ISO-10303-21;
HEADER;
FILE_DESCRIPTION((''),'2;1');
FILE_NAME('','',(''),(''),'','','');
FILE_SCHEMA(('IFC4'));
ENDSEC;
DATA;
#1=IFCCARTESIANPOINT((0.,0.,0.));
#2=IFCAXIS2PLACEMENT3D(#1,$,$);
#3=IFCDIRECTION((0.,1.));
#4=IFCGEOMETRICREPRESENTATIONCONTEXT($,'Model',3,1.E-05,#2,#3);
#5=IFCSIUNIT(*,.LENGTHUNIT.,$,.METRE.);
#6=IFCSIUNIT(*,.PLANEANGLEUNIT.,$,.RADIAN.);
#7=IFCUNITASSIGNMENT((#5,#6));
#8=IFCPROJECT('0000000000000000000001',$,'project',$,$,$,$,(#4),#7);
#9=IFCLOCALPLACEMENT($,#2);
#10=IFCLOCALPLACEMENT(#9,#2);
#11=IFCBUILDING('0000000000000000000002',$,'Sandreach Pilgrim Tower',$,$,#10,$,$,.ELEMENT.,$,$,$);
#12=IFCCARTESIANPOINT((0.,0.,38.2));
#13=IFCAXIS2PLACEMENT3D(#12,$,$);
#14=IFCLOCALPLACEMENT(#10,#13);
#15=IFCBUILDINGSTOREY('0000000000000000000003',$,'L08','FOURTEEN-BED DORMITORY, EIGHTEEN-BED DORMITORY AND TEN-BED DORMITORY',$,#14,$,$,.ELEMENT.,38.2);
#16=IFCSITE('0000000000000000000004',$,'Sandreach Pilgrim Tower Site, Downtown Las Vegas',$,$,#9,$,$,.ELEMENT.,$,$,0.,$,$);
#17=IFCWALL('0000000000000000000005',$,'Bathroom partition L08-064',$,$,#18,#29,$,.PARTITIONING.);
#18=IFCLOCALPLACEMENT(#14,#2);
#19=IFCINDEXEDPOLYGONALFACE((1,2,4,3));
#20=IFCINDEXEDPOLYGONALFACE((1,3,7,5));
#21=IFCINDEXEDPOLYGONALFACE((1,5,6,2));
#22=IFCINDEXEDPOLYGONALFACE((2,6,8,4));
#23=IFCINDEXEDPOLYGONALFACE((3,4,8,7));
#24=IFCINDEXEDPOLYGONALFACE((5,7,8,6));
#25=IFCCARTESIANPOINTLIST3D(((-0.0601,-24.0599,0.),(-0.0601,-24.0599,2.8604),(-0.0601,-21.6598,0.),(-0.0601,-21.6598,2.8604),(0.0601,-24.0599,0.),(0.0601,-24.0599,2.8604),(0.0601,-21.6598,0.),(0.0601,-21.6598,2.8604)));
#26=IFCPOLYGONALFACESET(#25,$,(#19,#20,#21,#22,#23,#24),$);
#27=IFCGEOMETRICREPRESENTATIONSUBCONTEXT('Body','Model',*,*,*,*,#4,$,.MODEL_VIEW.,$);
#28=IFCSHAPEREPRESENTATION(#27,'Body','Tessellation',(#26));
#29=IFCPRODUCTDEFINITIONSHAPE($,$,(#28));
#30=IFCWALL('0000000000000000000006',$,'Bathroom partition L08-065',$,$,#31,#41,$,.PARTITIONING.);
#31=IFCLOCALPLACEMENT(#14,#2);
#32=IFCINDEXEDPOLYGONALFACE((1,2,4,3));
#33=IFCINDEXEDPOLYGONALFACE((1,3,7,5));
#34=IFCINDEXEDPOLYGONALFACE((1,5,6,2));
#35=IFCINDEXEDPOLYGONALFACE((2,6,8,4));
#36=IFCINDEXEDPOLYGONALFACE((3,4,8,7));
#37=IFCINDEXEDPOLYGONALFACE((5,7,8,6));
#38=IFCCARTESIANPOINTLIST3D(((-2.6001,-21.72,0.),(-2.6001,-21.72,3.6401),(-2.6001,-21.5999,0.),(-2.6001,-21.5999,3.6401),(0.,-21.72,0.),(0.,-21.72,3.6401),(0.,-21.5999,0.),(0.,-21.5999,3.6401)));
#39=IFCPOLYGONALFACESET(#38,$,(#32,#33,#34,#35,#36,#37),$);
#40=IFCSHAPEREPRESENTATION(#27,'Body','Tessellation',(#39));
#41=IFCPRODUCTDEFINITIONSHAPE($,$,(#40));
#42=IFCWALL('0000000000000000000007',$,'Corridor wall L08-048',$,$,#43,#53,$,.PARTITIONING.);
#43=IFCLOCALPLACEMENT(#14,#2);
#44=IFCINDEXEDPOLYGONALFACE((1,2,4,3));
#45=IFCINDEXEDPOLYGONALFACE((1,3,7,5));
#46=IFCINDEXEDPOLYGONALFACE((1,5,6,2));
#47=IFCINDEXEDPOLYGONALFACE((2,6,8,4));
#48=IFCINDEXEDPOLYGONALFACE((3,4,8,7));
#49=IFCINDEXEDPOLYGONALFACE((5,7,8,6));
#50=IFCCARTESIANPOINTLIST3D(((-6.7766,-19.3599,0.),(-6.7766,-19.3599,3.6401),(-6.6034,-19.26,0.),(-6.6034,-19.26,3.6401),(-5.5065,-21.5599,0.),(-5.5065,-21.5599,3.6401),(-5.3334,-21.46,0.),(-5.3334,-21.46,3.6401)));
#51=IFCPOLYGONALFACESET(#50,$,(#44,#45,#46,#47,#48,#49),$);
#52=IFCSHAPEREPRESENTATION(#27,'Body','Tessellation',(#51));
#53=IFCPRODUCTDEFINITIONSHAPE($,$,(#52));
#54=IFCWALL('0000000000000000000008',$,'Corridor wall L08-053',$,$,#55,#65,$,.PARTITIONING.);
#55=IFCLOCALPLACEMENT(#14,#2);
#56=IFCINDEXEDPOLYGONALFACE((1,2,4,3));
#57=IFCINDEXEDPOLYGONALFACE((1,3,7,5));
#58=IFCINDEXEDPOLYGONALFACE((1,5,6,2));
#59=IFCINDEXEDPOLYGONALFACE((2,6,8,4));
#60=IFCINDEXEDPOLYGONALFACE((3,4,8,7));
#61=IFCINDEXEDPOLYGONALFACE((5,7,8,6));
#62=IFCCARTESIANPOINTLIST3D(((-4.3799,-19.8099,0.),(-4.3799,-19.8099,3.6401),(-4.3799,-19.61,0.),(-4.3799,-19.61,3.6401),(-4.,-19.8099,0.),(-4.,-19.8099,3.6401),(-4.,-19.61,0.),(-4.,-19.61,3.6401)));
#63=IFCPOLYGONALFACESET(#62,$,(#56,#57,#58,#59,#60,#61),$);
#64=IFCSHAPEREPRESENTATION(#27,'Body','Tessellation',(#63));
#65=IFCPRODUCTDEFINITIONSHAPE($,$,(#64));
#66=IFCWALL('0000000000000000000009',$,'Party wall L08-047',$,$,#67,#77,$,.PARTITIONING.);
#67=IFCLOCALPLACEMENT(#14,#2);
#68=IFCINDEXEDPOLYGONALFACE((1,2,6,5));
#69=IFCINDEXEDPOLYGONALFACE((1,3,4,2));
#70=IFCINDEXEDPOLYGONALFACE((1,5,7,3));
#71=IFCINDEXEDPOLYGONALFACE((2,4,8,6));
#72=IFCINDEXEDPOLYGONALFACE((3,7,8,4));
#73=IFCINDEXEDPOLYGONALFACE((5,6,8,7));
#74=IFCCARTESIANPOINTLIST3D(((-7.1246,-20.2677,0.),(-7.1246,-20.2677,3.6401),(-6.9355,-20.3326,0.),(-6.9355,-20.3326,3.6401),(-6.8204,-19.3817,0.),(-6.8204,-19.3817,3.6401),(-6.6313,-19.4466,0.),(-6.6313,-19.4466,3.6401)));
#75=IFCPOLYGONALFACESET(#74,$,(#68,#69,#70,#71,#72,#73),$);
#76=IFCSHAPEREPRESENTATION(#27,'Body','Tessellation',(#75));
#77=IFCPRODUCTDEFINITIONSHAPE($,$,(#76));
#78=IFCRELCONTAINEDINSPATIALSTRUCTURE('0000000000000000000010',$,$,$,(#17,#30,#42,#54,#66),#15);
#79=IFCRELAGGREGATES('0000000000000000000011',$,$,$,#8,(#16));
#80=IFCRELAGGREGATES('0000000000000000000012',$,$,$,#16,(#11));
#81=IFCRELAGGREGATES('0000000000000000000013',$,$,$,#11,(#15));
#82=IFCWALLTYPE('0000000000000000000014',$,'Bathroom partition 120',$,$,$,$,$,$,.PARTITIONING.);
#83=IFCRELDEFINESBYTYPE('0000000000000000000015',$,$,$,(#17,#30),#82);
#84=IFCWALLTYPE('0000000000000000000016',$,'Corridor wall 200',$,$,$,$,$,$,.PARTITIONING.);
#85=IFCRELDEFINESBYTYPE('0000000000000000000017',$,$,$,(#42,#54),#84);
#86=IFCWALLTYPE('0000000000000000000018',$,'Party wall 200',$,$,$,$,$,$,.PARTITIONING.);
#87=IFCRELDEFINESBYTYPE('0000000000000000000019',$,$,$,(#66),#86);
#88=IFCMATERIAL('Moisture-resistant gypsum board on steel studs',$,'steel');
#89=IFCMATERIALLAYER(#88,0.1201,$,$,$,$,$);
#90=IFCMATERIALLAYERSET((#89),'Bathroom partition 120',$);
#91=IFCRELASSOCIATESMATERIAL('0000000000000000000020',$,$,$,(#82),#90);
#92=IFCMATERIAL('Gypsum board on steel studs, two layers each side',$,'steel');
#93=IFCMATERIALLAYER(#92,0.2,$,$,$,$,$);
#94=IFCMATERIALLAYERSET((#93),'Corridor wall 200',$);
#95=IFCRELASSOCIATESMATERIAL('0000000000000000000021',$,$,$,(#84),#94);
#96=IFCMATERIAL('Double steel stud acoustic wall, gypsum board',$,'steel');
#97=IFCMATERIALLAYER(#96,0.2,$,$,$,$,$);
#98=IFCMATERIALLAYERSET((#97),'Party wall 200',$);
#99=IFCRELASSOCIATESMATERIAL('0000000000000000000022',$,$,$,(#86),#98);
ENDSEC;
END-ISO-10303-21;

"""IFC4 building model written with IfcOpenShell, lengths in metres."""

from ifc_helpers import new_model, si_unit, direction, frame, frame_2d, origin, place, context, subcontext, project, spatial, rectangle, extrude, material, layer, layer_set, type_object, element, save


model = new_model("IFC4")

# Units and contexts
model_context = context("Model", 3, precision=1e-05, world=origin(), true_north=direction((0.0, 1.0)))
body_context = subcontext(model_context, "Body", "Model", "MODEL_VIEW")
ifc_project = project(units=[si_unit("LENGTHUNIT", "METRE"), si_unit("PLANEANGLEUNIT", "RADIAN")], contexts=[model_context])

# Site, building, storey
site_placement = place(None, origin())
site = spatial("IfcSite", under=ifc_project, at=site_placement, Name="Sandreach Pilgrim Tower Site, Downtown Las Vegas", CompositionType="ELEMENT", RefElevation=0.0)
building_placement = place(site_placement, origin())
building = spatial("IfcBuilding", under=site, at=building_placement, Name="Sandreach Pilgrim Tower", CompositionType="ELEMENT")
storey_placement = place(building_placement, frame((0.0, 0.0, 38.2)))
storey = spatial("IfcBuildingStorey", under=building, at=storey_placement, Name="L08", Description="FOURTEEN-BED DORMITORY, EIGHTEEN-BED DORMITORY AND TEN-BED DORMITORY", CompositionType="ELEMENT", Elevation=38.2)

# Shared definitions
ifc_material_1 = material(Name="Moisture-resistant gypsum board on steel studs", Category="steel")
ifc_layer_1 = layer(ifc_material_1, 0.1201)
ifc_layer_set_1 = layer_set([ifc_layer_1], Name="Bathroom partition 120")
wall_type_1 = type_object("IfcWallType", Name="Bathroom partition 120", PredefinedType="PARTITIONING", material=ifc_layer_set_1)

# Walls
wall_1_placement = place(storey_placement, frame((0.0, -24.0601, 0.0), z_axis=(0.0, 0.0, 1.0), x_axis=(0.0, 1.0, 0.0)))
element("IfcWall", 1, at=wall_1_placement, inside=storey, type_object=wall_type_1, Name="Bathroom partition L08-064", PredefinedType="PARTITIONING", context=body_context, shape_type="SweptSolid", body=[
    extrude(rectangle(XDim=2.4001, YDim=0.1201, at=frame_2d((1.2002, 0.0))), origin(), (0.0, 0.0, 1.0), 2.8604),
])
wall_2_placement = place(storey_placement, frame((0.0, -21.6599, 0.0), z_axis=(0.0, 0.0, 1.0), x_axis=(-1.0, 0.0, 0.0)))
element("IfcWall", 2, at=wall_2_placement, inside=storey, type_object=wall_type_1, Name="Bathroom partition L08-065", PredefinedType="PARTITIONING", context=body_context, shape_type="SweptSolid", body=[
    extrude(rectangle(XDim=2.6001, YDim=0.1201, at=frame_2d((1.3, 0.0))), origin(), (0.0, 0.0, 1.0), 3.6401),
])

# Shared definitions
ifc_material_2 = material(Name="Gypsum board on steel studs, two layers each side", Category="steel")
ifc_layer_2 = layer(ifc_material_2, 0.2)
ifc_layer_set_2 = layer_set([ifc_layer_2], Name="Corridor wall 200")
wall_type_2 = type_object("IfcWallType", Name="Corridor wall 200", PredefinedType="PARTITIONING", material=ifc_layer_set_2)

# Wall
wall_3_placement = place(storey_placement, frame((-6.6899, -19.3101, 0.0), z_axis=(0.0, 0.0, 1.0), x_axis=(0.499964, -0.866046, 0.0)))
element("IfcWall", 3, at=wall_3_placement, inside=storey, type_object=wall_type_2, Name="Corridor wall L08-048", PredefinedType="PARTITIONING", context=body_context, shape_type="SweptSolid", body=[
    extrude(rectangle(XDim=2.5403, YDim=0.2, at=frame_2d((1.27, 0.0))), origin(), (0.0, 0.0, 1.0), 3.6401),
])

# Walls
wall_4_placement = place(storey_placement, frame((-4.0, -19.71, 0.0), z_axis=(0.0, 0.0, 1.0), x_axis=(-1.0, 0.0, 0.0)))
element("IfcWall", 4, at=wall_4_placement, inside=storey, type_object=wall_type_2, Name="Corridor wall L08-053", PredefinedType="PARTITIONING", context=body_context, shape_type="SweptSolid", body=[
    extrude(rectangle(XDim=0.3799, YDim=0.2, at=frame_2d((0.1899, 0.0))), origin(), (0.0, 0.0, 1.0), 3.6401),
])
ifc_material_3 = material(Name="Double steel stud acoustic wall, gypsum board", Category="steel")
ifc_layer_3 = layer(ifc_material_3, 0.2)
ifc_layer_set_3 = layer_set([ifc_layer_3], Name="Party wall 200")
wall_type_3 = type_object("IfcWallType", Name="Party wall 200", PredefinedType="PARTITIONING", material=ifc_layer_set_3)
wall_5_placement = place(storey_placement, frame((-7.03, -20.3, 0.0), z_axis=(0.0, 0.0, 1.0), x_axis=(0.324737, 0.945804, 0.0)))
element("IfcWall", 5, at=wall_5_placement, inside=storey, type_object=wall_type_3, Name="Party wall L08-047", PredefinedType="PARTITIONING", context=body_context, shape_type="SweptSolid", body=[
    extrude(rectangle(XDim=0.9368, YDim=0.2, at=frame_2d((0.4683, 0.0))), origin(), (0.0, 0.0, 1.0), 3.6401),
])

save(model, "model.ifc")
